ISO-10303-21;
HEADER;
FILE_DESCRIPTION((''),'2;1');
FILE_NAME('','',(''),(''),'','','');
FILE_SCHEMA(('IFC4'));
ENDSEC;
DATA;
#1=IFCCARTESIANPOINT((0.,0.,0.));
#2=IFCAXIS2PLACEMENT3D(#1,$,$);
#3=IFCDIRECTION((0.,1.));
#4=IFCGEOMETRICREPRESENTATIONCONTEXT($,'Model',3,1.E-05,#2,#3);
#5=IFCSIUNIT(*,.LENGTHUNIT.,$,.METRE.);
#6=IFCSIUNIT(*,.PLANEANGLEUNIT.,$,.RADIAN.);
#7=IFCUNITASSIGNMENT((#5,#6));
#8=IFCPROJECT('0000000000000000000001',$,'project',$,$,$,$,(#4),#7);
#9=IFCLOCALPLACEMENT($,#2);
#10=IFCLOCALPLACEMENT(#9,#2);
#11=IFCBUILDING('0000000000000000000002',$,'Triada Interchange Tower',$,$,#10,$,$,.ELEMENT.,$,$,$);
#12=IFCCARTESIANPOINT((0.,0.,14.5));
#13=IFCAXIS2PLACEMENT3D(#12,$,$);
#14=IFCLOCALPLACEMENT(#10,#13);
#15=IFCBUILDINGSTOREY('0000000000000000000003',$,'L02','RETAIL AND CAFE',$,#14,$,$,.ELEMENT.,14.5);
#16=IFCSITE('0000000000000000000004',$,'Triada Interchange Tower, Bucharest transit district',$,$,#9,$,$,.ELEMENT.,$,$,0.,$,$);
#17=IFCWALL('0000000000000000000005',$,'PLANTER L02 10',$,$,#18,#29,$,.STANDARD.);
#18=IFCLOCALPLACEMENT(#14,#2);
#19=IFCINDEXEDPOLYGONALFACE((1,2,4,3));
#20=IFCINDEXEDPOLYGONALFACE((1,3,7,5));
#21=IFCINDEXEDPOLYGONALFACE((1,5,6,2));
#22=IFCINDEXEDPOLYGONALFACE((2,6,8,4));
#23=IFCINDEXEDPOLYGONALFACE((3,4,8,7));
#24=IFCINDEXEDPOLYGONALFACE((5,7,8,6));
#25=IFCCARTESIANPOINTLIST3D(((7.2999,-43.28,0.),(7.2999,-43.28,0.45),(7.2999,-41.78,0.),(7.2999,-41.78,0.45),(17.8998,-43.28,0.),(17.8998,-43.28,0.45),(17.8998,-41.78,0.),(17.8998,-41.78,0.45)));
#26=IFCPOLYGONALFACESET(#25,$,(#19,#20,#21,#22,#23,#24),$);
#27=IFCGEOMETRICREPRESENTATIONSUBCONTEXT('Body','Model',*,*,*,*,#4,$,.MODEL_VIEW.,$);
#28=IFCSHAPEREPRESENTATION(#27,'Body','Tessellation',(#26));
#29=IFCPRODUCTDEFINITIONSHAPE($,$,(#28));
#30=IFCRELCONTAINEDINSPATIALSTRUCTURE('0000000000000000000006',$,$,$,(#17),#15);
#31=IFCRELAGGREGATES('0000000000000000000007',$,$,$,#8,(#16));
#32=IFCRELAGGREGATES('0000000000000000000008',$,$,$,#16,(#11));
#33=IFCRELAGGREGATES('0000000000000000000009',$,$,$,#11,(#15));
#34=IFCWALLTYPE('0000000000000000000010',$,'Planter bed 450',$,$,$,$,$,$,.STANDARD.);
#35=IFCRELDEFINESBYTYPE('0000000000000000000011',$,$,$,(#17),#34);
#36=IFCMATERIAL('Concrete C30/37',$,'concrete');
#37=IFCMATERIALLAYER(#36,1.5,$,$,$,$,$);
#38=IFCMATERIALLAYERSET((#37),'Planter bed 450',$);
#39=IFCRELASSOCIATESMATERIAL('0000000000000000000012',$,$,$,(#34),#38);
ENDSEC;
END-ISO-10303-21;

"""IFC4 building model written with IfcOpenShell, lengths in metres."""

from ifc_helpers import new_model, si_unit, direction, frame, frame_2d, origin, place, context, subcontext, project, spatial, rectangle, extrude, material, layer, layer_set, type_object, element, save


model = new_model("IFC4")

# Units and contexts
model_context = context("Model", 3, precision=1e-05, world=origin(), true_north=direction((0.0, 1.0)))
body_context = subcontext(model_context, "Body", "Model", "MODEL_VIEW")
ifc_project = project(units=[si_unit("LENGTHUNIT", "METRE"), si_unit("PLANEANGLEUNIT", "RADIAN")], contexts=[model_context])

# Site, building, storey
site_placement = place(None, origin())
site = spatial("IfcSite", under=ifc_project, at=site_placement, Name="Triada Interchange Tower, Bucharest transit district", CompositionType="ELEMENT", RefElevation=0.0)
building_placement = place(site_placement, origin())
building = spatial("IfcBuilding", under=site, at=building_placement, Name="Triada Interchange Tower", CompositionType="ELEMENT")
storey_placement = place(building_placement, frame((0.0, 0.0, 14.5)))
storey = spatial("IfcBuildingStorey", under=building, at=storey_placement, Name="L02", Description="RETAIL AND CAFE", CompositionType="ELEMENT", Elevation=14.5)

# Shared definitions
ifc_material_1 = material(Name="Concrete C30/37", Category="concrete")

# Wall
ifc_layer_1 = layer(ifc_material_1, 1.5)
ifc_layer_set_1 = layer_set([ifc_layer_1], Name="Planter bed 450")
wall_type_1 = type_object("IfcWallType", Name="Planter bed 450", PredefinedType="STANDARD", material=ifc_layer_set_1)
wall_1_placement = place(storey_placement, frame((7.3, -42.53, 0.0), z_axis=(0.0, 0.0, 1.0), x_axis=(1.0, 0.0, 0.0)))
element("IfcWall", 1, at=wall_1_placement, inside=storey, type_object=wall_type_1, Name="PLANTER L02 10", PredefinedType="STANDARD", context=body_context, shape_type="SweptSolid", body=[
    extrude(rectangle(XDim=10.5999, YDim=1.5, at=frame_2d((5.2998, 0.0))), origin(), (0.0, 0.0, 1.0), 0.45),
])

save(model, "model.ifc")
